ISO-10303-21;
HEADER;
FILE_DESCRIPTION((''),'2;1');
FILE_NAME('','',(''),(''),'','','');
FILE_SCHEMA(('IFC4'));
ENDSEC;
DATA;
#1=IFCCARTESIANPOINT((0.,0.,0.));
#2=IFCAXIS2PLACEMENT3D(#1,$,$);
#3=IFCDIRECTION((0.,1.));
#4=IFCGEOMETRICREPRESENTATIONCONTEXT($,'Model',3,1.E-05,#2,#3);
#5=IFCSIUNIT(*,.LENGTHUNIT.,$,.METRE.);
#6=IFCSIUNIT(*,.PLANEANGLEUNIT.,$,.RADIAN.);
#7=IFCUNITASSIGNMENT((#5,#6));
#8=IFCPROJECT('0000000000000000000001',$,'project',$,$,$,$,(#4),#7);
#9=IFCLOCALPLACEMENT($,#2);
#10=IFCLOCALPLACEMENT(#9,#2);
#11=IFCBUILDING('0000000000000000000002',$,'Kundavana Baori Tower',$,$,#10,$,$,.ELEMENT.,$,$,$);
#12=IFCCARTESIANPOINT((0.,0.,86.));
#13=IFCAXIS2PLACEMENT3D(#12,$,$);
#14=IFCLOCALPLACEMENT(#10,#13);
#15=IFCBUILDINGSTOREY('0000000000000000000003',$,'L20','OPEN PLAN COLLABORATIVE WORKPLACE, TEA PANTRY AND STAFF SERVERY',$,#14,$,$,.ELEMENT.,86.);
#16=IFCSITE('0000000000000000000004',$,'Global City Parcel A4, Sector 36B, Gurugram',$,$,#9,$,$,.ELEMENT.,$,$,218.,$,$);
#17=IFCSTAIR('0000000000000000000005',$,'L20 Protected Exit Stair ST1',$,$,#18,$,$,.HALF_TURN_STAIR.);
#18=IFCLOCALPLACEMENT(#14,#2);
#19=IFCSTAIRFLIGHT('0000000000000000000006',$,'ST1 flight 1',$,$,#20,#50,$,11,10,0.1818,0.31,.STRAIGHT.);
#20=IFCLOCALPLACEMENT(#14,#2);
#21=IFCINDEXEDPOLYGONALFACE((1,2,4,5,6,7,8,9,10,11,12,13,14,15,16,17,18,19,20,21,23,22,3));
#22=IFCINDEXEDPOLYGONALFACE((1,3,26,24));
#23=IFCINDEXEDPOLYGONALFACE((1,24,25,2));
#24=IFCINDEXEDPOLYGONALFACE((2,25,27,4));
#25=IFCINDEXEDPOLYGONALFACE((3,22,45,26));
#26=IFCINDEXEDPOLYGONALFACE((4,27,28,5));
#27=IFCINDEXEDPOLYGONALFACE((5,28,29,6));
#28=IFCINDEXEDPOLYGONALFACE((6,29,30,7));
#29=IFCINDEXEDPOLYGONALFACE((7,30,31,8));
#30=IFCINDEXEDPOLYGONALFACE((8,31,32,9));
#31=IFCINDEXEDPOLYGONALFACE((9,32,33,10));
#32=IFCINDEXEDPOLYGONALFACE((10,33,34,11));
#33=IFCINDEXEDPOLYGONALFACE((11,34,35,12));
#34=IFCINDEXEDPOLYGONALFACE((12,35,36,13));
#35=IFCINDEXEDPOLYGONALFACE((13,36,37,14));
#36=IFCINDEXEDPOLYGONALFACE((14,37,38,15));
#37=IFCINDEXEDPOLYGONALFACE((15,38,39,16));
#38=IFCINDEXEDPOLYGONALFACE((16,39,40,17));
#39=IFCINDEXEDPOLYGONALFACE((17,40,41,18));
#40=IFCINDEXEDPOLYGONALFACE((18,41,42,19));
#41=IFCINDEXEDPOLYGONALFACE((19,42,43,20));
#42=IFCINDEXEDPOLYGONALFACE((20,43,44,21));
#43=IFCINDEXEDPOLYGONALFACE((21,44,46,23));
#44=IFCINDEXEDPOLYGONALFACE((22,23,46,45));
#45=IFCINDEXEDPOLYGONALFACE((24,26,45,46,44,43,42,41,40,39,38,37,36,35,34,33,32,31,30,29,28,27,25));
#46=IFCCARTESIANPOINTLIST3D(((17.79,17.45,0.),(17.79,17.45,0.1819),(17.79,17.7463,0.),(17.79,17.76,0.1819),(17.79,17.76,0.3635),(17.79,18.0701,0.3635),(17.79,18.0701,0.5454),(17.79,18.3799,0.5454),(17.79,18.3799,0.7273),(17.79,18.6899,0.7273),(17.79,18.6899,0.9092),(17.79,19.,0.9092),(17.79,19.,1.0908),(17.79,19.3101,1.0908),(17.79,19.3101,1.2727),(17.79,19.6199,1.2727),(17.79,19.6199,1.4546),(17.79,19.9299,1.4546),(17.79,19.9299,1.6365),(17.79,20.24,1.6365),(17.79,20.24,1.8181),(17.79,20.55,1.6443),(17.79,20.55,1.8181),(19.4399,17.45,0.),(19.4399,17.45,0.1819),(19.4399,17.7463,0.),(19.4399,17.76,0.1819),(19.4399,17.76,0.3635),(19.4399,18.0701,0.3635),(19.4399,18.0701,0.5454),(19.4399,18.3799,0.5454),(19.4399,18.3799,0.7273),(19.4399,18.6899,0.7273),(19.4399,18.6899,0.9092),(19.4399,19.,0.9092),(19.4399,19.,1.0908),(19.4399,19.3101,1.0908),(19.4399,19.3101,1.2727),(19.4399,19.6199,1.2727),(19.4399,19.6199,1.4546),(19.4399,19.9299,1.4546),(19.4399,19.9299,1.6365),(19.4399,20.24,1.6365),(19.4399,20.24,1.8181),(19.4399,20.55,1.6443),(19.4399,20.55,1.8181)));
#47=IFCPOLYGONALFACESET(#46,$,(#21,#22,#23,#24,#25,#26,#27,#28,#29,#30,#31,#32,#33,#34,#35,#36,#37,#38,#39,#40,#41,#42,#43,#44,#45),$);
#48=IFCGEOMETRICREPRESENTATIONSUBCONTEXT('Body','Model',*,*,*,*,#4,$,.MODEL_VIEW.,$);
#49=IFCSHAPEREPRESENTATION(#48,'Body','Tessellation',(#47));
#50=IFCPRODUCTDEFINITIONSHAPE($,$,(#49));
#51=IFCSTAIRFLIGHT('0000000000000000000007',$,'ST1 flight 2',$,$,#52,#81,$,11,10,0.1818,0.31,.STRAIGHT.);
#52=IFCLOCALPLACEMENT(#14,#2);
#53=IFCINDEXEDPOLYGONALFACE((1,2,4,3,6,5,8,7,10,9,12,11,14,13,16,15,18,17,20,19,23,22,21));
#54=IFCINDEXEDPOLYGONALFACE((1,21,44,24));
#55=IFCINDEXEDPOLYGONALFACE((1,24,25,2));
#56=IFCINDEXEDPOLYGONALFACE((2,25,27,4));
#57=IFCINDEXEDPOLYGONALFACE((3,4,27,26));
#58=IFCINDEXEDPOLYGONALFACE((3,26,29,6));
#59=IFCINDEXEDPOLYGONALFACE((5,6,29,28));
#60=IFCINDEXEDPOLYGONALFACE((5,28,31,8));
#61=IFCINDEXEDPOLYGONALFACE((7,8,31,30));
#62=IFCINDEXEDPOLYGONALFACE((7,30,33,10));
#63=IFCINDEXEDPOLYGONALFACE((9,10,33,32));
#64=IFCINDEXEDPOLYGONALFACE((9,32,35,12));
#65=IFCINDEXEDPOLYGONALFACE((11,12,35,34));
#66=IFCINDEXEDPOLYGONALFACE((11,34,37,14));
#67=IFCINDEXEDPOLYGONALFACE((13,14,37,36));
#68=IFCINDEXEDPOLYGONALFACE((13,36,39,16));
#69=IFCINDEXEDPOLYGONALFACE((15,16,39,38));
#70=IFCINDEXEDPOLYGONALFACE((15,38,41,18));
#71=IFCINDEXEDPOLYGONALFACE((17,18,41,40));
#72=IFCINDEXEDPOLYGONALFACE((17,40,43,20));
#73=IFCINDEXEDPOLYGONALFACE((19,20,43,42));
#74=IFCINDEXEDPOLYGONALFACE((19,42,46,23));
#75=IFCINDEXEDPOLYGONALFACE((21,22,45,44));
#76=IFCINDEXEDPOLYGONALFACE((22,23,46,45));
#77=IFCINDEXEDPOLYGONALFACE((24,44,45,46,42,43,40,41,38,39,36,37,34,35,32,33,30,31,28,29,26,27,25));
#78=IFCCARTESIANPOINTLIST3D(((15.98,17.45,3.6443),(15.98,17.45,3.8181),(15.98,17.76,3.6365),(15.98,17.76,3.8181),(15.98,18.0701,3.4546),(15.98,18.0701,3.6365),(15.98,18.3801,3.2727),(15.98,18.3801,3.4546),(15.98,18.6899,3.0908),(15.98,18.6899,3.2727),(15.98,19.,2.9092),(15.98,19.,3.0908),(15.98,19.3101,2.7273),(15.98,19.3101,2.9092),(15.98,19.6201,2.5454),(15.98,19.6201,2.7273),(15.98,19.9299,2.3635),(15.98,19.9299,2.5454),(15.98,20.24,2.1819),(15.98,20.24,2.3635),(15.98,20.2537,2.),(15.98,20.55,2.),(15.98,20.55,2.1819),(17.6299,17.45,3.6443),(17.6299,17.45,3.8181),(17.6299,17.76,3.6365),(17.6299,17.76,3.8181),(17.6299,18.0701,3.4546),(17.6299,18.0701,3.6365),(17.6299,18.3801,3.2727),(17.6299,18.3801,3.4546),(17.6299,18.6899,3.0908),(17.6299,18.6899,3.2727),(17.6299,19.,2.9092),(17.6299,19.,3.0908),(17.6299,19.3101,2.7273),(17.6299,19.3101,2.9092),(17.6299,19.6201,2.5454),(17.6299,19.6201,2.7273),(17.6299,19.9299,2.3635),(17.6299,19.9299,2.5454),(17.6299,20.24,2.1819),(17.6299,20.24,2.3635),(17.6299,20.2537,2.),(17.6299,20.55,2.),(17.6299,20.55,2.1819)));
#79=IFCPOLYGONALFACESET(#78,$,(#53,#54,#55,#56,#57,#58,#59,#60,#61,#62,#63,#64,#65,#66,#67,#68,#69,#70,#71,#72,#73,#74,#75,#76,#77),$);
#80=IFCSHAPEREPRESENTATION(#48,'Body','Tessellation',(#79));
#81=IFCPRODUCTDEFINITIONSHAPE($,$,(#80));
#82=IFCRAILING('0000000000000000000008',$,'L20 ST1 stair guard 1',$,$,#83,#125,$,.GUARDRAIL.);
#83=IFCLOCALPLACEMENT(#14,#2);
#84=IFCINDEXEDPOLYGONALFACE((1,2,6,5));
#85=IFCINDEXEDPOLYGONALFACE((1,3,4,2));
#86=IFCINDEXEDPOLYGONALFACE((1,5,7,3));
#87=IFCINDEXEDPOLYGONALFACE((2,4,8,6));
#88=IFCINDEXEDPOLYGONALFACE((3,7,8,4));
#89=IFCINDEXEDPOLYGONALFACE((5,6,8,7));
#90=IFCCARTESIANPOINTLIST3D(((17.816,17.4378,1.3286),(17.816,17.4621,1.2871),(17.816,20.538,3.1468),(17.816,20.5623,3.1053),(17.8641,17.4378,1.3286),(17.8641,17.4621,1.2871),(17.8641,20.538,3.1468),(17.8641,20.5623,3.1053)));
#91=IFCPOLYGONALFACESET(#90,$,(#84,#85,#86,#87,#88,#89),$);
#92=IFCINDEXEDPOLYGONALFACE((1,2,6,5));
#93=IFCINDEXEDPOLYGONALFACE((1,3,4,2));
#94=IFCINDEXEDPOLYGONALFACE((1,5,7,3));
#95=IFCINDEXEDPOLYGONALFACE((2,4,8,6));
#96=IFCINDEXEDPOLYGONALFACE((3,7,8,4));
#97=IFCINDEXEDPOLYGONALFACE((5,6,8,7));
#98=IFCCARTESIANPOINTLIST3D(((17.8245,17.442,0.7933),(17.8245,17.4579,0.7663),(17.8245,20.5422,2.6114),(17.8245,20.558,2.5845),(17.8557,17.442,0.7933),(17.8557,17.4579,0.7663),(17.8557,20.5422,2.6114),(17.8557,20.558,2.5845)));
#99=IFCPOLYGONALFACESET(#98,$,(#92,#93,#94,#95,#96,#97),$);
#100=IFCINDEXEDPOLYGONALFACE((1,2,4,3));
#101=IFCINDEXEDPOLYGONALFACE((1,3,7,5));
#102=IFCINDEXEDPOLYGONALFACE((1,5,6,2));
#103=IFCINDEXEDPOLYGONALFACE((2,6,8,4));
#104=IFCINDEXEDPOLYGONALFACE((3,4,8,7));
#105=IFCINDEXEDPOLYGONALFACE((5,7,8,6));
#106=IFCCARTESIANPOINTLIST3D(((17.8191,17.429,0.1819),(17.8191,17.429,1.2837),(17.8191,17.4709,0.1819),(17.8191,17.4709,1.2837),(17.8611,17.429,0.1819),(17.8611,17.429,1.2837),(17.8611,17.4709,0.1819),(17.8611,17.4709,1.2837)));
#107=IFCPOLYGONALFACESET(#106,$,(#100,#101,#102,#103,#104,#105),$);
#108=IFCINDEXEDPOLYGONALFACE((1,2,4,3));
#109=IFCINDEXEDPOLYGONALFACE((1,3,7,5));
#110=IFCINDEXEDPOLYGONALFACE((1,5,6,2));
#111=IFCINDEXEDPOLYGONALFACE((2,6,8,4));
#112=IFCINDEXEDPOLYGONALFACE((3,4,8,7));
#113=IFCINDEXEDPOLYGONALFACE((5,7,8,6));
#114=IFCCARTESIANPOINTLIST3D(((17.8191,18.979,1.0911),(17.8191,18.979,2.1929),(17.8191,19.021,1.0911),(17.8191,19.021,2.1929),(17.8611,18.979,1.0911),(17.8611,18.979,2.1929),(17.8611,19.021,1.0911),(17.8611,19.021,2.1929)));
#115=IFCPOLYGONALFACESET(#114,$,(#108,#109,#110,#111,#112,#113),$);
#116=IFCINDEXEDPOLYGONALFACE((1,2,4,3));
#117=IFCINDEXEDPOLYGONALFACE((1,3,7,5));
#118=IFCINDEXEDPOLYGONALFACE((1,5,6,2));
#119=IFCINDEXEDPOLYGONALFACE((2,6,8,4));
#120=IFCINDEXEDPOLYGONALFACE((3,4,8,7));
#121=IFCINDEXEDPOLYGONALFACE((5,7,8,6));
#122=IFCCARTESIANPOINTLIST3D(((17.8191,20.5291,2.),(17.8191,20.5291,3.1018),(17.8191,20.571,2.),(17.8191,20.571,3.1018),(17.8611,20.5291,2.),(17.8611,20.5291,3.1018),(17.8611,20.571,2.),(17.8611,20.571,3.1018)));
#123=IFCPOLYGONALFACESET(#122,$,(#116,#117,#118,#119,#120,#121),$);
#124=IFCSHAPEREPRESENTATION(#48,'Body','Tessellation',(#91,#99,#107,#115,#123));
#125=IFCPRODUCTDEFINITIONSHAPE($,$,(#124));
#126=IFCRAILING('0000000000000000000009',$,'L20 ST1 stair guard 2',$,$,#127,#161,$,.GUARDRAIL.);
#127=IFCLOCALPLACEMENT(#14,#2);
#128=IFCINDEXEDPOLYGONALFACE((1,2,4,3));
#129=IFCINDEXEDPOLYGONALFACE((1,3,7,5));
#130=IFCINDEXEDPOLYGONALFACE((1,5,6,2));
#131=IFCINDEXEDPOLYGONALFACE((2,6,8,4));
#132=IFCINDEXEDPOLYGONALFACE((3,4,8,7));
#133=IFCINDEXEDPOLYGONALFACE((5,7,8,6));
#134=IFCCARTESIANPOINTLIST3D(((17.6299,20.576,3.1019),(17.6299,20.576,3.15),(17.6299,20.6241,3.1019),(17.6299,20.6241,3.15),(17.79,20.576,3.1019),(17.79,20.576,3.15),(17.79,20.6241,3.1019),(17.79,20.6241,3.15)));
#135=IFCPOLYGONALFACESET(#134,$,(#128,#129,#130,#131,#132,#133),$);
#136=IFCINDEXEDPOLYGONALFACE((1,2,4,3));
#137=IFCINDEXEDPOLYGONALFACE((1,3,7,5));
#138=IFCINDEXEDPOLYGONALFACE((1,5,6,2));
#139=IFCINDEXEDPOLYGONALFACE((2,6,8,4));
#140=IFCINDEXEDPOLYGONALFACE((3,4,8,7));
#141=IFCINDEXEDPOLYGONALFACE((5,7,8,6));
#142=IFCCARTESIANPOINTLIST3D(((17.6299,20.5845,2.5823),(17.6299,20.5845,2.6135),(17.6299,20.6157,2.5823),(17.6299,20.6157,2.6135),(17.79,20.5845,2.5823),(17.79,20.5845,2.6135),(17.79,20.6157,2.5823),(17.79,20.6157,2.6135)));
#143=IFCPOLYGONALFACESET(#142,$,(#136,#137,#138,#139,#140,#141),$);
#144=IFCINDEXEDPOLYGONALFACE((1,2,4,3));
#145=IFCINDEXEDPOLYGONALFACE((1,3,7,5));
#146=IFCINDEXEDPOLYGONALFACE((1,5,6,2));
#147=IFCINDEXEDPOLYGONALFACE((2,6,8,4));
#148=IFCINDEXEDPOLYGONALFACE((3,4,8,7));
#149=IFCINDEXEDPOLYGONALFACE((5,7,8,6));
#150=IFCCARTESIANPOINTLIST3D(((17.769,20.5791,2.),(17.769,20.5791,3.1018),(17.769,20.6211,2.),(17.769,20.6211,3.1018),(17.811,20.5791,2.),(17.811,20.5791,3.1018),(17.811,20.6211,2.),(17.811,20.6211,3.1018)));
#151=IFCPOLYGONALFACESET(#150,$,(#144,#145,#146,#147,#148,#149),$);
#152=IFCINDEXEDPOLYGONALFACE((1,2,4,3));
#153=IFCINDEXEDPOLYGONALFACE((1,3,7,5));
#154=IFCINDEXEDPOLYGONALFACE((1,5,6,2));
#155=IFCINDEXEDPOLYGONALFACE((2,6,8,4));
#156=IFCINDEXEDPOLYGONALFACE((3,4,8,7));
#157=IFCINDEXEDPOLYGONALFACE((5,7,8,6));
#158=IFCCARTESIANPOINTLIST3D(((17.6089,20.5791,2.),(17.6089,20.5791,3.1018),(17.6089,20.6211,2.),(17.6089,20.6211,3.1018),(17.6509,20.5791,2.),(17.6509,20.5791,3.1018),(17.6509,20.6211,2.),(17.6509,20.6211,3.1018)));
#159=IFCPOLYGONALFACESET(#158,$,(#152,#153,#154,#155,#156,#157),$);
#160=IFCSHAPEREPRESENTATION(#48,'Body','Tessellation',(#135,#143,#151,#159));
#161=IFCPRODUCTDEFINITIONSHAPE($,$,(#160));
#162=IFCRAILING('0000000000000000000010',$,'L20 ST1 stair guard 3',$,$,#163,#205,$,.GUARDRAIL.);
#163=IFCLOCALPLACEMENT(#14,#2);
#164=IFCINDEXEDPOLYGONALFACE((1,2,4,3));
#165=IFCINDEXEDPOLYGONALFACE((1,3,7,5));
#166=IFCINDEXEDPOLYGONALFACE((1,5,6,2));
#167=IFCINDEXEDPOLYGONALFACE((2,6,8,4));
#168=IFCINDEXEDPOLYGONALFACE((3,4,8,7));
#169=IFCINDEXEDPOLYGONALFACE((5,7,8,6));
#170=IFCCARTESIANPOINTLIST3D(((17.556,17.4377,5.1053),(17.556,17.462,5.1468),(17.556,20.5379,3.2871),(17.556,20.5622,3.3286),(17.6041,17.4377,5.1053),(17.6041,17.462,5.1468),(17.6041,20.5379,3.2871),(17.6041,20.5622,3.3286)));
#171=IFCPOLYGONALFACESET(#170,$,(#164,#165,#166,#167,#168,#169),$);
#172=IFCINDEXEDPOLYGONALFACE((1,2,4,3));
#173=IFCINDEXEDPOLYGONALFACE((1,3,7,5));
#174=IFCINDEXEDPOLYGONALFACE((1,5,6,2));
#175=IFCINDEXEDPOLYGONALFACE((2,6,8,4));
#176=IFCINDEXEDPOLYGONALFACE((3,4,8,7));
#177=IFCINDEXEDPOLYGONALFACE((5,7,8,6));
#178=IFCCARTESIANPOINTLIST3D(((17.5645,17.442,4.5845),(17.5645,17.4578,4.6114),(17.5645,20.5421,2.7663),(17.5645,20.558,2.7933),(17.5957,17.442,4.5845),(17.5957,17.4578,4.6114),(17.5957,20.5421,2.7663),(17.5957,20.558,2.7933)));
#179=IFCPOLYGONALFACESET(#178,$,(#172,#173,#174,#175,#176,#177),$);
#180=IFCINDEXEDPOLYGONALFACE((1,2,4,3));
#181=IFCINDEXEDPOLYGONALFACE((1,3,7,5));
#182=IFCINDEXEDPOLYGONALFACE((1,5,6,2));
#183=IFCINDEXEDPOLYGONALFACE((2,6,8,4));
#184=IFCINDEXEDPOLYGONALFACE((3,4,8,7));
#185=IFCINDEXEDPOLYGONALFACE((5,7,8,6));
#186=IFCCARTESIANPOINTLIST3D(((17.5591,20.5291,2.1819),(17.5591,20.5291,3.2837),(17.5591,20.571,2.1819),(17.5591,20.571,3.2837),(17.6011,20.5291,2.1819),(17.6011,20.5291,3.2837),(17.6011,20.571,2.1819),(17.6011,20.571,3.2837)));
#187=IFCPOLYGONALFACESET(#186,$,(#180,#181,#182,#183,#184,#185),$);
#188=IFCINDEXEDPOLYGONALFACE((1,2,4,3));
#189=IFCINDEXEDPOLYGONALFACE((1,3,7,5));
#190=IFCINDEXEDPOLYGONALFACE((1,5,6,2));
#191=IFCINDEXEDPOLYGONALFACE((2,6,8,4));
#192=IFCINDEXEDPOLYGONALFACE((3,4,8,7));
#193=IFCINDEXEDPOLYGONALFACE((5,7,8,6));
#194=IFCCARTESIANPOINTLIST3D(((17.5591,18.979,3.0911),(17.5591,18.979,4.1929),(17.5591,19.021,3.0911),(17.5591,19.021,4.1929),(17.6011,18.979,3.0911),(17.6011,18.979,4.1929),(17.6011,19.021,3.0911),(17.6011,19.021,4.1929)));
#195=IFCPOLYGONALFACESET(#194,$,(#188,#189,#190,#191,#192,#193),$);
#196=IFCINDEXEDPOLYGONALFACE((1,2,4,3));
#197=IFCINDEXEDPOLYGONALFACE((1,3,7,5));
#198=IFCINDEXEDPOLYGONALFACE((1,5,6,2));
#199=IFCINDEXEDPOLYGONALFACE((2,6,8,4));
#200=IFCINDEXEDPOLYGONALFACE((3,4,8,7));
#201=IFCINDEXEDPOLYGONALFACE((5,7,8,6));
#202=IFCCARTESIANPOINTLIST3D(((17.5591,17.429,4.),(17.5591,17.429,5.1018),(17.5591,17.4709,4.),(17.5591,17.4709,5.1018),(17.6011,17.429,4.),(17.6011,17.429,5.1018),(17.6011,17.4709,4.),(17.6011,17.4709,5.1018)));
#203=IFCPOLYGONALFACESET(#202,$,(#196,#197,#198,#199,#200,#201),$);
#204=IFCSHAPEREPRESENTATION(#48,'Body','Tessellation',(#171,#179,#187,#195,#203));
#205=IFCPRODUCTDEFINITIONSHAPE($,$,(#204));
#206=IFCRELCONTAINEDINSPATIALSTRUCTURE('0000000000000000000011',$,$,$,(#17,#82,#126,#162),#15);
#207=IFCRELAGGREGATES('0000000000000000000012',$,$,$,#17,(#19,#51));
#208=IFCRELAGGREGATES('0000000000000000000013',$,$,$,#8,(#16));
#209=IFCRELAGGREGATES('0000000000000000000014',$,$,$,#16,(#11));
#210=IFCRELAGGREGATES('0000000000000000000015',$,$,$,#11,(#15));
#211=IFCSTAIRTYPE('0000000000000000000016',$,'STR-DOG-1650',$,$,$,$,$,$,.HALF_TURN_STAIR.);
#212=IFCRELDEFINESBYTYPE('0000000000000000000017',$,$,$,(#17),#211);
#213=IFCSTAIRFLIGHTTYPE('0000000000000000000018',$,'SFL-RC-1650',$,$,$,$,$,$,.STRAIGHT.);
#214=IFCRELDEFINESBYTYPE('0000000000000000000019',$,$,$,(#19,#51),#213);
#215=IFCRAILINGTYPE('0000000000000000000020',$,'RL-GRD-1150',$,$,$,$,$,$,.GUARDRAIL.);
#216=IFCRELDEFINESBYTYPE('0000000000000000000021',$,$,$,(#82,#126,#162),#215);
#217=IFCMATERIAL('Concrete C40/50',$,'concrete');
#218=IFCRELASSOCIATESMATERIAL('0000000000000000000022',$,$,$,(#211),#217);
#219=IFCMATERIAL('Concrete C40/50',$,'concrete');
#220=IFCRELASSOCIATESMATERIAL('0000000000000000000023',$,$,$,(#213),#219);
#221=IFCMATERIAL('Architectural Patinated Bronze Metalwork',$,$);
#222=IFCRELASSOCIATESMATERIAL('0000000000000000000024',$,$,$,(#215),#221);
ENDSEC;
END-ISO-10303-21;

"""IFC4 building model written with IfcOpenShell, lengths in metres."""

from ifc_helpers import new_model, si_unit, direction, frame, origin, origin_2d, place, context, subcontext, project, spatial, polyline, rectangle, outline, extrude, material, type_object, element, aggregate, save


model = new_model("IFC4")

# Units and contexts
model_context = context("Model", 3, precision=1e-05, world=origin(), true_north=direction((0.0, 1.0)))
body_context = subcontext(model_context, "Body", "Model", "MODEL_VIEW")
ifc_project = project(units=[si_unit("LENGTHUNIT", "METRE"), si_unit("PLANEANGLEUNIT", "RADIAN")], contexts=[model_context])

# Site, building, storey
site_placement = place(None, origin())
site = spatial("IfcSite", under=ifc_project, at=site_placement, Name="Global City Parcel A4, Sector 36B, Gurugram", CompositionType="ELEMENT", RefElevation=218.0)
building_placement = place(site_placement, origin())
building = spatial("IfcBuilding", under=site, at=building_placement, Name="Kundavana Baori Tower", CompositionType="ELEMENT")
storey_placement = place(building_placement, frame((0.0, 0.0, 86.0)))
storey = spatial("IfcBuildingStorey", under=building, at=storey_placement, Name="L20", Description="OPEN PLAN COLLABORATIVE WORKPLACE, TEA PANTRY AND STAFF SERVERY", CompositionType="ELEMENT", Elevation=86.0)

# Stair, stair flights
ifc_material_1 = material(Name="Concrete C40/50", Category="concrete")
stair_type = type_object("IfcStairType", Name="STR-DOG-1650", PredefinedType="HALF_TURN_STAIR", material=ifc_material_1)
stair_placement = place(storey_placement, origin())
stair = element("IfcStair", 1, at=stair_placement, inside=storey, type_object=stair_type, Name="L20 Protected Exit Stair ST1", PredefinedType="HALF_TURN_STAIR")
ifc_material_2 = material(Name="Concrete C40/50", Category="concrete")
stair_flight_type = type_object("IfcStairFlightType", Name="SFL-RC-1650", PredefinedType="STRAIGHT", material=ifc_material_2)
stair_flight_1_placement = place(storey_placement, frame((18.615, 17.45, 0.0), z_axis=(0.0, 0.0, 1.0), x_axis=(0.0, 1.0, 0.0)))
stair_flight_1 = element("IfcStairFlight", 2, at=stair_flight_1_placement, type_object=stair_flight_type, Name="ST1 flight 1", NumberOfRisers=11, NumberOfTreads=10, PredefinedType="STRAIGHT", RiserHeight=0.1818, TreadLength=0.31, context=body_context, shape_type="SweptSolid", body=[
    extrude(outline(polyline([(0.0, 0.0), (0.0, 0.1819), (0.3101, 0.1819), (0.3101, 0.3635), (0.6201, 0.3635), (0.6201, 0.5454), (0.9299, 0.5454), (0.9299, 0.7273), (1.24, 0.7273), (1.24, 0.9092), (1.55, 0.9092), (1.55, 1.0908), (1.8601, 1.0908), (1.8601, 1.2727), (2.1699, 1.2727), (2.1699, 1.4546), (2.48, 1.4546), (2.48, 1.6365), (2.79, 1.6365), (2.79, 1.8181), (3.1001, 1.8181), (3.1001, 2.0), (3.1001, 1.6443), (0.2964, 0.0), (0.0, 0.0)])), frame((0.0, 0.825, 0.0), z_axis=(0.0, -1.0, 0.0), x_axis=(1.0, 0.0, 0.0)), (0.0, 0.0, 1.0), 1.6499),
])
stair_flight_2_placement = place(storey_placement, frame((16.8049, 20.55, 2.0), z_axis=(0.0, 0.0, 1.0), x_axis=(0.0, -1.0, 0.0)))
stair_flight_2 = element("IfcStairFlight", 3, at=stair_flight_2_placement, type_object=stair_flight_type, Name="ST1 flight 2", NumberOfRisers=11, NumberOfTreads=10, PredefinedType="STRAIGHT", RiserHeight=0.1818, TreadLength=0.31, context=body_context, shape_type="SweptSolid", body=[
    extrude(outline(polyline([(0.0, 0.0), (0.0, 0.1819), (0.3101, 0.1819), (0.3101, 0.3635), (0.6201, 0.3635), (0.6201, 0.5454), (0.9299, 0.5454), (0.9299, 0.7273), (1.24, 0.7273), (1.24, 0.9092), (1.55, 0.9092), (1.55, 1.0908), (1.8601, 1.0908), (1.8601, 1.2727), (2.1699, 1.2727), (2.1699, 1.4546), (2.48, 1.4546), (2.48, 1.6365), (2.79, 1.6365), (2.79, 1.8181), (3.1001, 1.8181), (3.1001, 2.0), (3.1001, 1.6443), (0.2964, 0.0), (0.0, 0.0)])), frame((0.0, 0.825, 0.0), z_axis=(0.0, -1.0, 0.0), x_axis=(1.0, 0.0, 0.0)), (0.0, 0.0, 1.0), 1.6499),
])
aggregate(stair, [stair_flight_1, stair_flight_2])

# Railings
ifc_material_3 = material(Name="Architectural Patinated Bronze Metalwork")
railing_type_1 = type_object("IfcRailingType", Name="RL-GRD-1150", PredefinedType="GUARDRAIL", material=ifc_material_3)
railing_1_placement = place(storey_placement, frame((17.8401, 17.45, 0.1819)))
element("IfcRailing", 4, at=railing_1_placement, inside=storey, type_object=railing_type_1, Name="L20 ST1 stair guard 1", PredefinedType="GUARDRAIL", context=body_context, shape_type="SweptSolid", body=[
    extrude(rectangle(XDim=0.0481, YDim=0.0481, at=origin_2d()), frame((0.0, 0.0, 1.126), z_axis=(0.0, 0.862599, 0.505889), x_axis=(-1.0, 0.0, 0.0)), (0.0, 0.0, 1.0), 3.594),
    extrude(rectangle(XDim=0.0312, YDim=0.0312, at=origin_2d()), frame((0.0, 0.0, 0.5979), z_axis=(0.0, 0.862599, 0.505889), x_axis=(-1.0, 0.0, 0.0)), (0.0, 0.0, 1.0), 3.594),
    extrude(rectangle(XDim=0.042, YDim=0.042, at=origin_2d()), origin(), (0.0, 0.0, 1.0), 1.1018),
    extrude(rectangle(XDim=0.042, YDim=0.042, at=origin_2d()), frame((0.0, 1.55, 0.9092)), (0.0, 0.0, 1.0), 1.1018),
    extrude(rectangle(XDim=0.042, YDim=0.042, at=origin_2d()), frame((0.0, 3.1001, 1.8181)), (0.0, 0.0, 1.0), 1.1018),
])
railing_2_placement = place(storey_placement, frame((17.79, 20.6001, 2.0)))
element("IfcRailing", 5, at=railing_2_placement, inside=storey, type_object=railing_type_1, Name="L20 ST1 stair guard 2", PredefinedType="GUARDRAIL", context=body_context, shape_type="SweptSolid", body=[
    extrude(rectangle(XDim=0.0481, YDim=0.0481, at=origin_2d()), frame((0.0, 0.0, 1.126), z_axis=(-1.0, 0.0, 0.0), x_axis=(0.0, -1.0, 0.0)), (0.0, 0.0, 1.0), 0.1602),
    extrude(rectangle(XDim=0.0312, YDim=0.0312, at=origin_2d()), frame((0.0, 0.0, 0.5979), z_axis=(-1.0, 0.0, 0.0), x_axis=(0.0, -1.0, 0.0)), (0.0, 0.0, 1.0), 0.1602),
    extrude(rectangle(XDim=0.042, YDim=0.042, at=origin_2d()), origin(), (0.0, 0.0, 1.0), 1.1018),
    extrude(rectangle(XDim=0.042, YDim=0.042, at=origin_2d()), frame((-0.1602, 0.0, 0.0)), (0.0, 0.0, 1.0), 1.1018),
])
railing_3_placement = place(storey_placement, frame((17.5801, 20.55, 2.1819)))
element("IfcRailing", 6, at=railing_3_placement, inside=storey, type_object=railing_type_1, Name="L20 ST1 stair guard 3", PredefinedType="GUARDRAIL", context=body_context, shape_type="SweptSolid", body=[
    extrude(rectangle(XDim=0.0481, YDim=0.0481, at=origin_2d()), frame((0.0, 0.0, 1.126), z_axis=(0.0, -0.862599, 0.505889), x_axis=(1.0, 0.0, 0.0)), (0.0, 0.0, 1.0), 3.594),
    extrude(rectangle(XDim=0.0312, YDim=0.0312, at=origin_2d()), frame((0.0, 0.0, 0.5979), z_axis=(0.0, -0.862599, 0.505889), x_axis=(1.0, 0.0, 0.0)), (0.0, 0.0, 1.0), 3.594),
    extrude(rectangle(XDim=0.042, YDim=0.042, at=origin_2d()), origin(), (0.0, 0.0, 1.0), 1.1018),
    extrude(rectangle(XDim=0.042, YDim=0.042, at=origin_2d()), frame((0.0, -1.55, 0.9092)), (0.0, 0.0, 1.0), 1.1018),
    extrude(rectangle(XDim=0.042, YDim=0.042, at=origin_2d()), frame((0.0, -3.1001, 1.8181)), (0.0, 0.0, 1.0), 1.1018),
])

save(model, "model.ifc")
